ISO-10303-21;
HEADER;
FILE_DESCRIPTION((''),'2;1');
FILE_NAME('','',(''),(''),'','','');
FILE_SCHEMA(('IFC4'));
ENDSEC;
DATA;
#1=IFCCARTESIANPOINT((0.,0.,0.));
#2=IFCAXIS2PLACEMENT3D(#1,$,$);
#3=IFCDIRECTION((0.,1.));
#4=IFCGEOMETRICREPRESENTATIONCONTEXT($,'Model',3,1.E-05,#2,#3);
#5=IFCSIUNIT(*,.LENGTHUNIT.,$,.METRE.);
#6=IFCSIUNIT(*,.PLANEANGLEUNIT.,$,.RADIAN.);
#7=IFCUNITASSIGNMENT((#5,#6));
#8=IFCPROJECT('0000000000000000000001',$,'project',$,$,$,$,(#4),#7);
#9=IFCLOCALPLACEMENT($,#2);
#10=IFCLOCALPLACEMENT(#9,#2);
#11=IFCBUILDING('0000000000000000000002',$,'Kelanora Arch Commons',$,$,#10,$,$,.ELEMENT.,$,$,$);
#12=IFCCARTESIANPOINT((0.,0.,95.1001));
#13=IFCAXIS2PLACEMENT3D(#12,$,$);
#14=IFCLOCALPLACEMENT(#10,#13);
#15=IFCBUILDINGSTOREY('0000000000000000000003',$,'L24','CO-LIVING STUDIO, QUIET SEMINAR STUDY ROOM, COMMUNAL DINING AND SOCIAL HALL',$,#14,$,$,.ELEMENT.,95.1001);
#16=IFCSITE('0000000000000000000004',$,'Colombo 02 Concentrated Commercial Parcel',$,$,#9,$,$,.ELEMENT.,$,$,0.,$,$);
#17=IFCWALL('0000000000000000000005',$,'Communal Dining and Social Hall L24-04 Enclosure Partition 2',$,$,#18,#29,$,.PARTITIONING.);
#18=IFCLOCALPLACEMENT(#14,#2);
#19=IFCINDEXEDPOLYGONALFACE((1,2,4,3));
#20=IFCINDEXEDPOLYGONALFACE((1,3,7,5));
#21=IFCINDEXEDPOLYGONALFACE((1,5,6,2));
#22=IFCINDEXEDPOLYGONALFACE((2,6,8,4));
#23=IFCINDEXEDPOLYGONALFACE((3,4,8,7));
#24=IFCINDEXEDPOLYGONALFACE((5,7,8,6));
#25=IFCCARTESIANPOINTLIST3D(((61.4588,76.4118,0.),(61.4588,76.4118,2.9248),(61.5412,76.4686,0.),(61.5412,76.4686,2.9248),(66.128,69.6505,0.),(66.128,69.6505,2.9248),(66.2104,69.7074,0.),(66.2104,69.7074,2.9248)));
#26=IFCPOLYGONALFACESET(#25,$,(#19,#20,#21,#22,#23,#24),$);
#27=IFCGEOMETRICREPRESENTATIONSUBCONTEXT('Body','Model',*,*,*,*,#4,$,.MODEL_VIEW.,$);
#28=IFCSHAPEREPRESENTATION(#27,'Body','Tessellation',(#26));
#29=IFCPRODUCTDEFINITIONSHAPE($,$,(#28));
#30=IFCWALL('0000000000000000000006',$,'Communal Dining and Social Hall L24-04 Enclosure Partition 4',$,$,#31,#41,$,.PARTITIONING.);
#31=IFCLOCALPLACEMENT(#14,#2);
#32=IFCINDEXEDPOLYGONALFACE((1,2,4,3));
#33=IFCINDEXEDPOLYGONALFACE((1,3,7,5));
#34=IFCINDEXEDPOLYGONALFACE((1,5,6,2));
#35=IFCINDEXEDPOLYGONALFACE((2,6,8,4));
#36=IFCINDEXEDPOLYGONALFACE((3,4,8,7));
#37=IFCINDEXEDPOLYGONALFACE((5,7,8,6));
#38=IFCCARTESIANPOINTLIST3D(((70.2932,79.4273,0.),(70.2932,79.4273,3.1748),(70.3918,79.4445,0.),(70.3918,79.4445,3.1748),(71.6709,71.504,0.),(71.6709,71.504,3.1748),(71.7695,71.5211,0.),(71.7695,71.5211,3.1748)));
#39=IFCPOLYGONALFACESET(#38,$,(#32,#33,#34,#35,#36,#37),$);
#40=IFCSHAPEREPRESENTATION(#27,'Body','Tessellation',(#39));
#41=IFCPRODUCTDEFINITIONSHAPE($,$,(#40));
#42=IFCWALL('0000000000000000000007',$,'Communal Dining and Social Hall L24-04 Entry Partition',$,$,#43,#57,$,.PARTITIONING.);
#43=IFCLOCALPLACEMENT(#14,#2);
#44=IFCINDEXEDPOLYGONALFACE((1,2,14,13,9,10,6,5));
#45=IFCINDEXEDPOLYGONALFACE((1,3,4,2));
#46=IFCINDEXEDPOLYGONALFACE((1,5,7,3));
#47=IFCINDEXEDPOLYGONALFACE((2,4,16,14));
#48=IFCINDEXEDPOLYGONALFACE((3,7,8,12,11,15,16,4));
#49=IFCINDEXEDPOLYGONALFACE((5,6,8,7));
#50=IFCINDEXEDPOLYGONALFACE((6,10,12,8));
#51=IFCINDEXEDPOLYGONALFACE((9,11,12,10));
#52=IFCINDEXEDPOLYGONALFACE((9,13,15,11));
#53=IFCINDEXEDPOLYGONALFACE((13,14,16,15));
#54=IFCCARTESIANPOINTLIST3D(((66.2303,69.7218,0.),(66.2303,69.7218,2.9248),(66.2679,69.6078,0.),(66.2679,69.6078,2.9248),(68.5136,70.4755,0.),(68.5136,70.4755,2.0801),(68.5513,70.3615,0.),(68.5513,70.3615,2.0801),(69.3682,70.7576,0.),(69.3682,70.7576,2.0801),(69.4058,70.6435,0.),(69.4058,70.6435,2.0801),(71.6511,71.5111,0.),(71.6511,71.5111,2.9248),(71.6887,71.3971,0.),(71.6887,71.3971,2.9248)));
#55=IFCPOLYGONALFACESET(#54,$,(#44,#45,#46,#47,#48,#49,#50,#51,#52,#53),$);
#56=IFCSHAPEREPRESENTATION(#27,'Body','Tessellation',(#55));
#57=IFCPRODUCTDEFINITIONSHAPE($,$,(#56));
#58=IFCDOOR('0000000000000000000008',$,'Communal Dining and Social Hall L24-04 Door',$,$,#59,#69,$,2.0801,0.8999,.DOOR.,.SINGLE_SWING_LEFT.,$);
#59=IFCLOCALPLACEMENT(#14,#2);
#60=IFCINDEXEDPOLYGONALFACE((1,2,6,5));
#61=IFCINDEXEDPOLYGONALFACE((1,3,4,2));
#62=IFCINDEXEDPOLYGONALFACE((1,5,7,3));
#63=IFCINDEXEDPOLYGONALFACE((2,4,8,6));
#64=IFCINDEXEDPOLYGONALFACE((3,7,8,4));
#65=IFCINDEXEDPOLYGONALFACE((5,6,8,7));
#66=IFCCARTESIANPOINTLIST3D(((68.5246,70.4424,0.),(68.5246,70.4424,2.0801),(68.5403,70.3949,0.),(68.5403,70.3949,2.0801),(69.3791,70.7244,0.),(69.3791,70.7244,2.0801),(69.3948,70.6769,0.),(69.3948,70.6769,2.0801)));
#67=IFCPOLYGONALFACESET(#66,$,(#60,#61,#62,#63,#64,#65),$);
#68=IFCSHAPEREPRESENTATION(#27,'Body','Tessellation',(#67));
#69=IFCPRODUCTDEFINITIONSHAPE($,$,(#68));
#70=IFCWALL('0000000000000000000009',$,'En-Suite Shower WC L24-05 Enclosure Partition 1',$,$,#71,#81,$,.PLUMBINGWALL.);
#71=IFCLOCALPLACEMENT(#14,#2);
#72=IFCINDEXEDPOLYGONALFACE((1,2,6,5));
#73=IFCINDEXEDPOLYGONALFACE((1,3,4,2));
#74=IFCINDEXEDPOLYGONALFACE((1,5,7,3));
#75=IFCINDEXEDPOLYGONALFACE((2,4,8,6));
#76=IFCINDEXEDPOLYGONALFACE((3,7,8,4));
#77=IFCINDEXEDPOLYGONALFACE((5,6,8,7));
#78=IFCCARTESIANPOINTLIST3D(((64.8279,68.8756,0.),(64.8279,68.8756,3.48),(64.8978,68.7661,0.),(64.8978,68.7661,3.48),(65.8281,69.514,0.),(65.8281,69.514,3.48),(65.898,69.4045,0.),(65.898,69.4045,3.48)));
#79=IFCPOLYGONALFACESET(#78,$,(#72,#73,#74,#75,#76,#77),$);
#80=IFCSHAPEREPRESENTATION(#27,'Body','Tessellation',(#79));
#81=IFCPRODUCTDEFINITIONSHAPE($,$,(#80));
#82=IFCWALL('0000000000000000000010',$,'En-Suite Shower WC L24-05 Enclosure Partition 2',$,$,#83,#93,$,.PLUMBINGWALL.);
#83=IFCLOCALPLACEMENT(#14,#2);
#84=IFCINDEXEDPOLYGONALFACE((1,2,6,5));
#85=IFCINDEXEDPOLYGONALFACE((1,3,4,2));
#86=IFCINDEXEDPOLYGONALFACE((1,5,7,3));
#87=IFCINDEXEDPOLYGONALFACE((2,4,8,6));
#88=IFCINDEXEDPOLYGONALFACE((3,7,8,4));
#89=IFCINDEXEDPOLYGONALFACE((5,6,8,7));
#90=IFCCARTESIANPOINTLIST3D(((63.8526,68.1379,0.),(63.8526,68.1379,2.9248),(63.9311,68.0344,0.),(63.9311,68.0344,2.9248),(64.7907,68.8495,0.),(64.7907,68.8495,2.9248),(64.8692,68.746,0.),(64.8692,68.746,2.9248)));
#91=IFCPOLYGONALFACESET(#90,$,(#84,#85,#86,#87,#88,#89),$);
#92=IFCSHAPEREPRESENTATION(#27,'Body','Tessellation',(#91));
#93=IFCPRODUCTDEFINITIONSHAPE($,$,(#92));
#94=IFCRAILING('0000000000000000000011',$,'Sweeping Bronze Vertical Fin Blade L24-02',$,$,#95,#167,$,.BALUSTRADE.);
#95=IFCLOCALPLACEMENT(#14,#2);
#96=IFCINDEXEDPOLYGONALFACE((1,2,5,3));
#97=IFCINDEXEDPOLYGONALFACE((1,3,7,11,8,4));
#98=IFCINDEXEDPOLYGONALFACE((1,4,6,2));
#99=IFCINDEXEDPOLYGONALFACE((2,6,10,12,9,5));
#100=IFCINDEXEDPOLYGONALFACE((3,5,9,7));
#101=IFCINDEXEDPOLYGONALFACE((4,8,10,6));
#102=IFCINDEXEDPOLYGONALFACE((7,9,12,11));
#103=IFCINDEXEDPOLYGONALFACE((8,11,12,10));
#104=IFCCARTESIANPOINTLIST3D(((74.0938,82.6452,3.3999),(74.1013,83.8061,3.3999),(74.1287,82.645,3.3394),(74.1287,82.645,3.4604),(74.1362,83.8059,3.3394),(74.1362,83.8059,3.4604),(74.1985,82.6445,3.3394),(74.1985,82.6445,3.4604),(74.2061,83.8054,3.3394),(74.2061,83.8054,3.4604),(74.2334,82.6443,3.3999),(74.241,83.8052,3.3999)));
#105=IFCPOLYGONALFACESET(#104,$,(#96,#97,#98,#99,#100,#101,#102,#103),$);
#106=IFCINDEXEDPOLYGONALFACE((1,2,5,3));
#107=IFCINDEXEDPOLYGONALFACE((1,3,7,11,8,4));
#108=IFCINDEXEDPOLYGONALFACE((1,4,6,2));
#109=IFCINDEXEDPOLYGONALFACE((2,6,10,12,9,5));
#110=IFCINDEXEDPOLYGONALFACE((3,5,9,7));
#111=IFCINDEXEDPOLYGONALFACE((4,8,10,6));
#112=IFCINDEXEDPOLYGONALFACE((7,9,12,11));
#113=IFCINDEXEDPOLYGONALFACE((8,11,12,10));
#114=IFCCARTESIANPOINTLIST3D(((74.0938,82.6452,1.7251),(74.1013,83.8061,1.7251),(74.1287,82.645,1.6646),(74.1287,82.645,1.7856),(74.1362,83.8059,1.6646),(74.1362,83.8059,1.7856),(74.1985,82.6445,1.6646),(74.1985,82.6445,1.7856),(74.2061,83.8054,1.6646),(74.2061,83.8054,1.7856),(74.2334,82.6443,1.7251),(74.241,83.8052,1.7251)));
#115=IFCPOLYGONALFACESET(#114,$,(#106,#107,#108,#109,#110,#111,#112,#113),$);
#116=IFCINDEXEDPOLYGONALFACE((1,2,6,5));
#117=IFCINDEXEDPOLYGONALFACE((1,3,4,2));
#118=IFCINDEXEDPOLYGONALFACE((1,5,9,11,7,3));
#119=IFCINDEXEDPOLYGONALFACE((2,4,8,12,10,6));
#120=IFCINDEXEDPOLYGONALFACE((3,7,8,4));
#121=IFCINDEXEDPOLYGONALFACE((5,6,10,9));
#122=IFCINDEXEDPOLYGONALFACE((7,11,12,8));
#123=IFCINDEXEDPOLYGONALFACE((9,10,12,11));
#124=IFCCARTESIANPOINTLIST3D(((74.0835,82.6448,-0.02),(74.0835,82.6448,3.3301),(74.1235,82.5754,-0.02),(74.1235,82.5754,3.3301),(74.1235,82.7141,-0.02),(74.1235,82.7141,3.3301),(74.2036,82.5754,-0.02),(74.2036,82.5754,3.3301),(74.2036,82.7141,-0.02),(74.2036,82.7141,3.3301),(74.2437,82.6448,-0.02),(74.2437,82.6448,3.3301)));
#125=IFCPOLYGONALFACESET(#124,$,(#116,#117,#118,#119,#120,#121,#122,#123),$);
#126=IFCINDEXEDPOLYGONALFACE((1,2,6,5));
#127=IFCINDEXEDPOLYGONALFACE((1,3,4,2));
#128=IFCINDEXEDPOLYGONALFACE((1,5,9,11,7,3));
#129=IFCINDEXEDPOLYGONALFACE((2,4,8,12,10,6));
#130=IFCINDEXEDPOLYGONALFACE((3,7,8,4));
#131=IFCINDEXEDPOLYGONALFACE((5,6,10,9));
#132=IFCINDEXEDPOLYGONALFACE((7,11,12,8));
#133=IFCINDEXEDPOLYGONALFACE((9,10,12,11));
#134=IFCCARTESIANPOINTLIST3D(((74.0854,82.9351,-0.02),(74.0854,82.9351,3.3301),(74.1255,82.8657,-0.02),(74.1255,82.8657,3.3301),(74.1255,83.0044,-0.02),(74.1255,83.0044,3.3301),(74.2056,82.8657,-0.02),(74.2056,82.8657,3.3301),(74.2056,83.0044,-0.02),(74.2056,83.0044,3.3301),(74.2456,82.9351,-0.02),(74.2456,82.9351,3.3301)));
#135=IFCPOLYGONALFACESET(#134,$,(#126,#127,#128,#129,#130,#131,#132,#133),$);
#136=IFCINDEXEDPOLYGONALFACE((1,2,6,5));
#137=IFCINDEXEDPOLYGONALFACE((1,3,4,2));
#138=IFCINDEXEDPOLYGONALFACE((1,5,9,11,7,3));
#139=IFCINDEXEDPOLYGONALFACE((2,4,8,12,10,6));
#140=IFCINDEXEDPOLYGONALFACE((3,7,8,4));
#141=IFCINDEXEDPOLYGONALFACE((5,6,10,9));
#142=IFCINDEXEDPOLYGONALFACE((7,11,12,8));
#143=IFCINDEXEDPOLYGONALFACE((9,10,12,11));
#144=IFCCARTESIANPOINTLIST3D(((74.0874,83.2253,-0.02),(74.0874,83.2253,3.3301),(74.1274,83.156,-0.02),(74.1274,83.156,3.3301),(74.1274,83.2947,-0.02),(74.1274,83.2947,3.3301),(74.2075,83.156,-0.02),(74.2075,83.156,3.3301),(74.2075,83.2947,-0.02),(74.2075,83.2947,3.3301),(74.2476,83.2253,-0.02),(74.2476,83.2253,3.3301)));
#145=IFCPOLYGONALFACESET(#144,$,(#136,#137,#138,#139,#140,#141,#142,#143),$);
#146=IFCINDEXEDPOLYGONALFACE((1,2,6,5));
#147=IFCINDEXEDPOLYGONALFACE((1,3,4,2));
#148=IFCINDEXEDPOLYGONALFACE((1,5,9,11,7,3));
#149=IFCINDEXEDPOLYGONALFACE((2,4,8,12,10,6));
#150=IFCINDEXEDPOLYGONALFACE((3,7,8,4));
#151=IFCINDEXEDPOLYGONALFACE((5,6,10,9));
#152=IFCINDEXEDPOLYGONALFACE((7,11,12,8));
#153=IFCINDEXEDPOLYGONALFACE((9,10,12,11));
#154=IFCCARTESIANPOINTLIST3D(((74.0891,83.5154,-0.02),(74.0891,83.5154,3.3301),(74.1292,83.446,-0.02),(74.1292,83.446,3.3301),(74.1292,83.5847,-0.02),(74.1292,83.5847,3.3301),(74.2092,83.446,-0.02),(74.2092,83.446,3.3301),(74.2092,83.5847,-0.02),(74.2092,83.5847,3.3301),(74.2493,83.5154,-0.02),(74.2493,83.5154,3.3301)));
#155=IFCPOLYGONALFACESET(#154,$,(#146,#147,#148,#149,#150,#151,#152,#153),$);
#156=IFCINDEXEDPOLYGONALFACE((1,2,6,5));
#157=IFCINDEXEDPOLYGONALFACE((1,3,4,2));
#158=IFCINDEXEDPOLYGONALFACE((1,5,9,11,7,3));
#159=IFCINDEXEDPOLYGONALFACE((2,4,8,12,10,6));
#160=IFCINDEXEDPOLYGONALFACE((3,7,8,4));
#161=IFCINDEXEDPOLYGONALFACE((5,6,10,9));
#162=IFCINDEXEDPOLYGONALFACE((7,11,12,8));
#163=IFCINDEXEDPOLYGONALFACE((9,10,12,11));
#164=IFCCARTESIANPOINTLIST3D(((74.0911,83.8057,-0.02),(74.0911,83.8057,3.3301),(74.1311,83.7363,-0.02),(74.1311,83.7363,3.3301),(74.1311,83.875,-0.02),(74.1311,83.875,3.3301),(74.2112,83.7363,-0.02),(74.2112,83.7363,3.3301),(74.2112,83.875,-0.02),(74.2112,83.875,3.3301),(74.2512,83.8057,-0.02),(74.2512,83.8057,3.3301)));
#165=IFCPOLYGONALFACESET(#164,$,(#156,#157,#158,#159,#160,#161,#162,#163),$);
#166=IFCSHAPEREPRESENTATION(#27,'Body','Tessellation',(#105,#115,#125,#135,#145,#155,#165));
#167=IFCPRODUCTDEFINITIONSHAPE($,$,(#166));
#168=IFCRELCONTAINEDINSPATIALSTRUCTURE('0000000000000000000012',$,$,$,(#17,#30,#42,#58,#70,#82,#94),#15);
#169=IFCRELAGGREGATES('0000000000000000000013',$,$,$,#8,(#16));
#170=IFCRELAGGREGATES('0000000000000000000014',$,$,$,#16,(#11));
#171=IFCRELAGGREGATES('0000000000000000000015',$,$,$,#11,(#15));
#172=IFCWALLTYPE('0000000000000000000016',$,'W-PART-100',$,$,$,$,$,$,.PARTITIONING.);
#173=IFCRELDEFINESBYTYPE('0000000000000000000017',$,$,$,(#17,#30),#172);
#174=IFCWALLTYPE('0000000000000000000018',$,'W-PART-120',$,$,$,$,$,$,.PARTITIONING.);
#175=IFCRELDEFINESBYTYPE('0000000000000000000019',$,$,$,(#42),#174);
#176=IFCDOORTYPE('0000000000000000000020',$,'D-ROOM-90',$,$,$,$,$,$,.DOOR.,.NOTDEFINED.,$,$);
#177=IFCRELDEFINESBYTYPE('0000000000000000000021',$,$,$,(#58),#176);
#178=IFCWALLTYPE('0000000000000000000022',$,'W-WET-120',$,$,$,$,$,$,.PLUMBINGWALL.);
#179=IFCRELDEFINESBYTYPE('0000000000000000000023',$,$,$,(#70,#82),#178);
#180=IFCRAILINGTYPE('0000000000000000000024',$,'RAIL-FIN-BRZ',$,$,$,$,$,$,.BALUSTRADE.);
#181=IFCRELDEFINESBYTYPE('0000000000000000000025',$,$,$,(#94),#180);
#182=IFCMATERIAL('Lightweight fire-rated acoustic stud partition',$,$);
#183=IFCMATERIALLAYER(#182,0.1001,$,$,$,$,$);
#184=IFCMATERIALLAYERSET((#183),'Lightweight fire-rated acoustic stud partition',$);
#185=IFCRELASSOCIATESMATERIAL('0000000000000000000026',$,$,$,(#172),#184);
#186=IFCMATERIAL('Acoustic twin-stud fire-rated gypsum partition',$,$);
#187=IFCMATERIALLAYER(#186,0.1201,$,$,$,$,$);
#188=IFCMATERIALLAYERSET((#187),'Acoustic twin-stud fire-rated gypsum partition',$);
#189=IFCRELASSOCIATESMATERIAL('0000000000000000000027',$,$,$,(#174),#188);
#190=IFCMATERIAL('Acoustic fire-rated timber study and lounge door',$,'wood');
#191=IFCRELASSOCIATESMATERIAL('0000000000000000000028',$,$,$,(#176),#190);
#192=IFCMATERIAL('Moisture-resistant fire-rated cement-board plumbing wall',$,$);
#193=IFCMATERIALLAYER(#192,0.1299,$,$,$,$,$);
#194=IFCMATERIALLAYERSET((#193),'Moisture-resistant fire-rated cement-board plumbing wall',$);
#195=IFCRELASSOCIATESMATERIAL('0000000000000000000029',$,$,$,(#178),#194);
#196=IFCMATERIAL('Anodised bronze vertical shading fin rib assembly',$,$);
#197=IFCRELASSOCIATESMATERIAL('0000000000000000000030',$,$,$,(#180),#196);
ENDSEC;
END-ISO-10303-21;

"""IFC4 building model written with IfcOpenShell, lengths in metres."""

from ifc_helpers import new_model, si_unit, direction, frame, frame_2d, origin, place, context, subcontext, project, spatial, polyline, rectangle, outline, extrude, material, layer, layer_set, type_object, element, fill, save


model = new_model("IFC4")

# Units and contexts
model_context = context("Model", 3, precision=1e-05, world=origin(), true_north=direction((0.0, 1.0)))
body_context = subcontext(model_context, "Body", "Model", "MODEL_VIEW")
ifc_project = project(units=[si_unit("LENGTHUNIT", "METRE"), si_unit("PLANEANGLEUNIT", "RADIAN")], contexts=[model_context])

# Site, building, storey
site_placement = place(None, origin())
site = spatial("IfcSite", under=ifc_project, at=site_placement, Name="Colombo 02 Concentrated Commercial Parcel", CompositionType="ELEMENT", RefElevation=0.0)
building_placement = place(site_placement, origin())
building = spatial("IfcBuilding", under=site, at=building_placement, Name="Kelanora Arch Commons", CompositionType="ELEMENT")
storey_placement = place(building_placement, frame((0.0, 0.0, 95.1001)))
storey = spatial("IfcBuildingStorey", under=building, at=storey_placement, Name="L24", Description="CO-LIVING STUDIO, QUIET SEMINAR STUDY ROOM, COMMUNAL DINING AND SOCIAL HALL", CompositionType="ELEMENT", Elevation=95.1001)

# Walls
ifc_material_1 = material(Name="Lightweight fire-rated acoustic stud partition")
ifc_layer_1 = layer(ifc_material_1, 0.1001)
ifc_layer_set_1 = layer_set([ifc_layer_1], Name="Lightweight fire-rated acoustic stud partition")
wall_type_1 = type_object("IfcWallType", Name="W-PART-100", PredefinedType="PARTITIONING", material=ifc_layer_set_1)
wall_1_placement = place(storey_placement, frame((66.1692, 69.679, 0.0), z_axis=(0.0, 0.0, 1.0), x_axis=(-0.56825, 0.822856, 0.0)))
element("IfcWall", 1, at=wall_1_placement, inside=storey, type_object=wall_type_1, Name="Communal Dining and Social Hall L24-04 Enclosure Partition 2", PredefinedType="PARTITIONING", context=body_context, shape_type="SweptSolid", body=[
    extrude(rectangle(XDim=8.2168, YDim=0.1001, at=frame_2d((4.1084, 0.0))), origin(), (0.0, 0.0, 1.0), 2.9248),
])
wall_2_placement = place(storey_placement, frame((70.3425, 79.4358, 0.0), z_axis=(0.0, 0.0, 1.0), x_axis=(0.171307, -0.985218, 0.0)))
element("IfcWall", 2, at=wall_2_placement, inside=storey, type_object=wall_type_1, Name="Communal Dining and Social Hall L24-04 Enclosure Partition 4", PredefinedType="PARTITIONING", context=body_context, shape_type="SweptSolid", body=[
    extrude(rectangle(XDim=8.0422, YDim=0.1001, at=frame_2d((4.021, 0.0))), origin(), (0.0, 0.0, 1.0), 3.1748),
])

# Wall, opening, door
ifc_material_2 = material(Name="Acoustic twin-stud fire-rated gypsum partition")
ifc_layer_2 = layer(ifc_material_2, 0.1201)
ifc_layer_set_2 = layer_set([ifc_layer_2], Name="Acoustic twin-stud fire-rated gypsum partition")
wall_type_2 = type_object("IfcWallType", Name="W-PART-120", PredefinedType="PARTITIONING", material=ifc_layer_set_2)
wall_3_placement = place(storey_placement, frame((71.6699, 71.4541, 0.0), z_axis=(0.0, 0.0, 1.0), x_axis=(-0.949607, -0.313442, 0.0)))
wall_3 = element("IfcWall", 3, at=wall_3_placement, inside=storey, type_object=wall_type_2, Name="Communal Dining and Social Hall L24-04 Entry Partition", PredefinedType="PARTITIONING", context=body_context, shape_type="SweptSolid", body=[
    extrude(rectangle(XDim=5.7085, YDim=0.1201, at=frame_2d((2.8542, 0.0))), origin(), (0.0, 0.0, 1.0), 2.9248),
])
opening_placement = place(wall_3_placement, frame((2.4041, 0.0, 0.0)))
opening = element("IfcOpeningElement", 4, at=opening_placement, cuts=wall_3, PredefinedType="OPENING", context=body_context, shape_type="SweptSolid", body=[
    extrude(rectangle(XDim=0.8999, YDim=2.0801, at=frame_2d((0.45, 1.04))), frame((0.0, 0.0701, 0.0), z_axis=(0.0, -1.0, 0.0), x_axis=(1.0, 0.0, 0.0)), (0.0, 0.0, 1.0), 0.1401),
])
ifc_material_3 = material(Name="Acoustic fire-rated timber study and lounge door", Category="wood")
door_type = type_object("IfcDoorType", Name="D-ROOM-90", OperationType="NOTDEFINED", PredefinedType="DOOR", material=ifc_material_3)
door_placement = place(opening_placement, origin())
door = element("IfcDoor", 5, at=door_placement, inside=storey, type_object=door_type, Name="Communal Dining and Social Hall L24-04 Door", OperationType="SINGLE_SWING_LEFT", OverallHeight=2.0801, OverallWidth=0.8999, PredefinedType="DOOR", context=body_context, shape_type="SweptSolid", body=[
    extrude(rectangle(XDim=0.8999, YDim=2.0801, at=frame_2d((0.45, 1.04))), frame((0.0, 0.0249, 0.0), z_axis=(0.0, -1.0, 0.0), x_axis=(1.0, 0.0, 0.0)), (0.0, 0.0, 1.0), 0.05),
])
fill(opening, door)

# Walls
ifc_material_4 = material(Name="Moisture-resistant fire-rated cement-board plumbing wall")
ifc_layer_3 = layer(ifc_material_4, 0.1299)
ifc_layer_set_3 = layer_set([ifc_layer_3], Name="Moisture-resistant fire-rated cement-board plumbing wall")
wall_type_3 = type_object("IfcWallType", Name="W-WET-120", PredefinedType="PLUMBINGWALL", material=ifc_layer_set_3)
wall_4_placement = place(storey_placement, frame((65.863, 69.4592, 0.0), z_axis=(0.0, 0.0, 1.0), x_axis=(-0.842932, -0.53802, 0.0)))
element("IfcWall", 6, at=wall_4_placement, inside=storey, type_object=wall_type_3, Name="En-Suite Shower WC L24-05 Enclosure Partition 1", PredefinedType="PLUMBINGWALL", context=body_context, shape_type="SweptSolid", body=[
    extrude(rectangle(XDim=1.1865, YDim=0.1299, at=frame_2d((0.5933, 0.0))), origin(), (0.0, 0.0, 1.0), 3.48),
])
wall_5_placement = place(storey_placement, frame((64.8301, 68.7979, 0.0), z_axis=(0.0, 0.0, 1.0), x_axis=(-0.796729, -0.604337, 0.0)))
element("IfcWall", 7, at=wall_5_placement, inside=storey, type_object=wall_type_3, Name="En-Suite Shower WC L24-05 Enclosure Partition 2", PredefinedType="PLUMBINGWALL", context=body_context, shape_type="SweptSolid", body=[
    extrude(rectangle(XDim=1.1775, YDim=0.1299, at=frame_2d((0.5889, 0.0))), origin(), (0.0, 0.0, 1.0), 2.9248),
])

# Railing
ifc_material_5 = material(Name="Anodised bronze vertical shading fin rib assembly")
railing_type = type_object("IfcRailingType", Name="RAIL-FIN-BRZ", PredefinedType="BALUSTRADE", material=ifc_material_5)
railing_1_placement = place(storey_placement, frame((74.1636, 82.6448, -0.02)))
element("IfcRailing", 8, at=railing_1_placement, inside=storey, type_object=railing_type, Name="Sweeping Bronze Vertical Fin Blade L24-02", PredefinedType="BALUSTRADE", context=body_context, shape_type="SweptSolid", body=[
    extrude(outline(polyline([(0.0698, 0.0), (0.0349, 0.0605), (-0.0349, 0.0605), (-0.0698, 0.0), (-0.0349, -0.0605), (0.0349, -0.0605), (0.0698, 0.0)])), frame((0.0, 0.0, 3.4199), z_axis=(0.006519, 0.999979, 0.0), x_axis=(-0.999979, 0.006519, 0.0)), (0.0, 0.0, 1.0), 1.1609),
    extrude(outline(polyline([(0.0698, 0.0), (0.0349, 0.0605), (-0.0349, 0.0605), (-0.0698, 0.0), (-0.0349, -0.0605), (0.0349, -0.0605), (0.0698, 0.0)])), frame((0.0, 0.0, 1.7451), z_axis=(0.006519, 0.999979, 0.0), x_axis=(-0.999979, 0.006519, 0.0)), (0.0, 0.0, 1.0), 1.1609),
    extrude(outline(polyline([(0.0801, 0.0), (0.04, 0.0693), (-0.04, 0.0693), (-0.0801, 0.0), (-0.04, -0.0693), (0.04, -0.0693), (0.0801, 0.0)])), origin(), (0.0, 0.0, 1.0), 3.3501),
    extrude(outline(polyline([(0.0801, 0.0), (0.04, 0.0693), (-0.04, 0.0693), (-0.0801, 0.0), (-0.04, -0.0693), (0.04, -0.0693), (0.0801, 0.0)])), frame((0.002, 0.2903, 0.0)), (0.0, 0.0, 1.0), 3.3501),
    extrude(outline(polyline([(0.0801, 0.0), (0.04, 0.0693), (-0.04, 0.0693), (-0.0801, 0.0), (-0.04, -0.0693), (0.04, -0.0693), (0.0801, 0.0)])), frame((0.0039, 0.5806, 0.0)), (0.0, 0.0, 1.0), 3.3501),
    extrude(outline(polyline([(0.0801, 0.0), (0.04, 0.0693), (-0.04, 0.0693), (-0.0801, 0.0), (-0.04, -0.0693), (0.04, -0.0693), (0.0801, 0.0)])), frame((0.0056, 0.8706, 0.0)), (0.0, 0.0, 1.0), 3.3501),
    extrude(outline(polyline([(0.0801, 0.0), (0.04, 0.0693), (-0.04, 0.0693), (-0.0801, 0.0), (-0.04, -0.0693), (0.04, -0.0693), (0.0801, 0.0)])), frame((0.0076, 1.1609, 0.0)), (0.0, 0.0, 1.0), 3.3501),
])

save(model, "model.ifc")
